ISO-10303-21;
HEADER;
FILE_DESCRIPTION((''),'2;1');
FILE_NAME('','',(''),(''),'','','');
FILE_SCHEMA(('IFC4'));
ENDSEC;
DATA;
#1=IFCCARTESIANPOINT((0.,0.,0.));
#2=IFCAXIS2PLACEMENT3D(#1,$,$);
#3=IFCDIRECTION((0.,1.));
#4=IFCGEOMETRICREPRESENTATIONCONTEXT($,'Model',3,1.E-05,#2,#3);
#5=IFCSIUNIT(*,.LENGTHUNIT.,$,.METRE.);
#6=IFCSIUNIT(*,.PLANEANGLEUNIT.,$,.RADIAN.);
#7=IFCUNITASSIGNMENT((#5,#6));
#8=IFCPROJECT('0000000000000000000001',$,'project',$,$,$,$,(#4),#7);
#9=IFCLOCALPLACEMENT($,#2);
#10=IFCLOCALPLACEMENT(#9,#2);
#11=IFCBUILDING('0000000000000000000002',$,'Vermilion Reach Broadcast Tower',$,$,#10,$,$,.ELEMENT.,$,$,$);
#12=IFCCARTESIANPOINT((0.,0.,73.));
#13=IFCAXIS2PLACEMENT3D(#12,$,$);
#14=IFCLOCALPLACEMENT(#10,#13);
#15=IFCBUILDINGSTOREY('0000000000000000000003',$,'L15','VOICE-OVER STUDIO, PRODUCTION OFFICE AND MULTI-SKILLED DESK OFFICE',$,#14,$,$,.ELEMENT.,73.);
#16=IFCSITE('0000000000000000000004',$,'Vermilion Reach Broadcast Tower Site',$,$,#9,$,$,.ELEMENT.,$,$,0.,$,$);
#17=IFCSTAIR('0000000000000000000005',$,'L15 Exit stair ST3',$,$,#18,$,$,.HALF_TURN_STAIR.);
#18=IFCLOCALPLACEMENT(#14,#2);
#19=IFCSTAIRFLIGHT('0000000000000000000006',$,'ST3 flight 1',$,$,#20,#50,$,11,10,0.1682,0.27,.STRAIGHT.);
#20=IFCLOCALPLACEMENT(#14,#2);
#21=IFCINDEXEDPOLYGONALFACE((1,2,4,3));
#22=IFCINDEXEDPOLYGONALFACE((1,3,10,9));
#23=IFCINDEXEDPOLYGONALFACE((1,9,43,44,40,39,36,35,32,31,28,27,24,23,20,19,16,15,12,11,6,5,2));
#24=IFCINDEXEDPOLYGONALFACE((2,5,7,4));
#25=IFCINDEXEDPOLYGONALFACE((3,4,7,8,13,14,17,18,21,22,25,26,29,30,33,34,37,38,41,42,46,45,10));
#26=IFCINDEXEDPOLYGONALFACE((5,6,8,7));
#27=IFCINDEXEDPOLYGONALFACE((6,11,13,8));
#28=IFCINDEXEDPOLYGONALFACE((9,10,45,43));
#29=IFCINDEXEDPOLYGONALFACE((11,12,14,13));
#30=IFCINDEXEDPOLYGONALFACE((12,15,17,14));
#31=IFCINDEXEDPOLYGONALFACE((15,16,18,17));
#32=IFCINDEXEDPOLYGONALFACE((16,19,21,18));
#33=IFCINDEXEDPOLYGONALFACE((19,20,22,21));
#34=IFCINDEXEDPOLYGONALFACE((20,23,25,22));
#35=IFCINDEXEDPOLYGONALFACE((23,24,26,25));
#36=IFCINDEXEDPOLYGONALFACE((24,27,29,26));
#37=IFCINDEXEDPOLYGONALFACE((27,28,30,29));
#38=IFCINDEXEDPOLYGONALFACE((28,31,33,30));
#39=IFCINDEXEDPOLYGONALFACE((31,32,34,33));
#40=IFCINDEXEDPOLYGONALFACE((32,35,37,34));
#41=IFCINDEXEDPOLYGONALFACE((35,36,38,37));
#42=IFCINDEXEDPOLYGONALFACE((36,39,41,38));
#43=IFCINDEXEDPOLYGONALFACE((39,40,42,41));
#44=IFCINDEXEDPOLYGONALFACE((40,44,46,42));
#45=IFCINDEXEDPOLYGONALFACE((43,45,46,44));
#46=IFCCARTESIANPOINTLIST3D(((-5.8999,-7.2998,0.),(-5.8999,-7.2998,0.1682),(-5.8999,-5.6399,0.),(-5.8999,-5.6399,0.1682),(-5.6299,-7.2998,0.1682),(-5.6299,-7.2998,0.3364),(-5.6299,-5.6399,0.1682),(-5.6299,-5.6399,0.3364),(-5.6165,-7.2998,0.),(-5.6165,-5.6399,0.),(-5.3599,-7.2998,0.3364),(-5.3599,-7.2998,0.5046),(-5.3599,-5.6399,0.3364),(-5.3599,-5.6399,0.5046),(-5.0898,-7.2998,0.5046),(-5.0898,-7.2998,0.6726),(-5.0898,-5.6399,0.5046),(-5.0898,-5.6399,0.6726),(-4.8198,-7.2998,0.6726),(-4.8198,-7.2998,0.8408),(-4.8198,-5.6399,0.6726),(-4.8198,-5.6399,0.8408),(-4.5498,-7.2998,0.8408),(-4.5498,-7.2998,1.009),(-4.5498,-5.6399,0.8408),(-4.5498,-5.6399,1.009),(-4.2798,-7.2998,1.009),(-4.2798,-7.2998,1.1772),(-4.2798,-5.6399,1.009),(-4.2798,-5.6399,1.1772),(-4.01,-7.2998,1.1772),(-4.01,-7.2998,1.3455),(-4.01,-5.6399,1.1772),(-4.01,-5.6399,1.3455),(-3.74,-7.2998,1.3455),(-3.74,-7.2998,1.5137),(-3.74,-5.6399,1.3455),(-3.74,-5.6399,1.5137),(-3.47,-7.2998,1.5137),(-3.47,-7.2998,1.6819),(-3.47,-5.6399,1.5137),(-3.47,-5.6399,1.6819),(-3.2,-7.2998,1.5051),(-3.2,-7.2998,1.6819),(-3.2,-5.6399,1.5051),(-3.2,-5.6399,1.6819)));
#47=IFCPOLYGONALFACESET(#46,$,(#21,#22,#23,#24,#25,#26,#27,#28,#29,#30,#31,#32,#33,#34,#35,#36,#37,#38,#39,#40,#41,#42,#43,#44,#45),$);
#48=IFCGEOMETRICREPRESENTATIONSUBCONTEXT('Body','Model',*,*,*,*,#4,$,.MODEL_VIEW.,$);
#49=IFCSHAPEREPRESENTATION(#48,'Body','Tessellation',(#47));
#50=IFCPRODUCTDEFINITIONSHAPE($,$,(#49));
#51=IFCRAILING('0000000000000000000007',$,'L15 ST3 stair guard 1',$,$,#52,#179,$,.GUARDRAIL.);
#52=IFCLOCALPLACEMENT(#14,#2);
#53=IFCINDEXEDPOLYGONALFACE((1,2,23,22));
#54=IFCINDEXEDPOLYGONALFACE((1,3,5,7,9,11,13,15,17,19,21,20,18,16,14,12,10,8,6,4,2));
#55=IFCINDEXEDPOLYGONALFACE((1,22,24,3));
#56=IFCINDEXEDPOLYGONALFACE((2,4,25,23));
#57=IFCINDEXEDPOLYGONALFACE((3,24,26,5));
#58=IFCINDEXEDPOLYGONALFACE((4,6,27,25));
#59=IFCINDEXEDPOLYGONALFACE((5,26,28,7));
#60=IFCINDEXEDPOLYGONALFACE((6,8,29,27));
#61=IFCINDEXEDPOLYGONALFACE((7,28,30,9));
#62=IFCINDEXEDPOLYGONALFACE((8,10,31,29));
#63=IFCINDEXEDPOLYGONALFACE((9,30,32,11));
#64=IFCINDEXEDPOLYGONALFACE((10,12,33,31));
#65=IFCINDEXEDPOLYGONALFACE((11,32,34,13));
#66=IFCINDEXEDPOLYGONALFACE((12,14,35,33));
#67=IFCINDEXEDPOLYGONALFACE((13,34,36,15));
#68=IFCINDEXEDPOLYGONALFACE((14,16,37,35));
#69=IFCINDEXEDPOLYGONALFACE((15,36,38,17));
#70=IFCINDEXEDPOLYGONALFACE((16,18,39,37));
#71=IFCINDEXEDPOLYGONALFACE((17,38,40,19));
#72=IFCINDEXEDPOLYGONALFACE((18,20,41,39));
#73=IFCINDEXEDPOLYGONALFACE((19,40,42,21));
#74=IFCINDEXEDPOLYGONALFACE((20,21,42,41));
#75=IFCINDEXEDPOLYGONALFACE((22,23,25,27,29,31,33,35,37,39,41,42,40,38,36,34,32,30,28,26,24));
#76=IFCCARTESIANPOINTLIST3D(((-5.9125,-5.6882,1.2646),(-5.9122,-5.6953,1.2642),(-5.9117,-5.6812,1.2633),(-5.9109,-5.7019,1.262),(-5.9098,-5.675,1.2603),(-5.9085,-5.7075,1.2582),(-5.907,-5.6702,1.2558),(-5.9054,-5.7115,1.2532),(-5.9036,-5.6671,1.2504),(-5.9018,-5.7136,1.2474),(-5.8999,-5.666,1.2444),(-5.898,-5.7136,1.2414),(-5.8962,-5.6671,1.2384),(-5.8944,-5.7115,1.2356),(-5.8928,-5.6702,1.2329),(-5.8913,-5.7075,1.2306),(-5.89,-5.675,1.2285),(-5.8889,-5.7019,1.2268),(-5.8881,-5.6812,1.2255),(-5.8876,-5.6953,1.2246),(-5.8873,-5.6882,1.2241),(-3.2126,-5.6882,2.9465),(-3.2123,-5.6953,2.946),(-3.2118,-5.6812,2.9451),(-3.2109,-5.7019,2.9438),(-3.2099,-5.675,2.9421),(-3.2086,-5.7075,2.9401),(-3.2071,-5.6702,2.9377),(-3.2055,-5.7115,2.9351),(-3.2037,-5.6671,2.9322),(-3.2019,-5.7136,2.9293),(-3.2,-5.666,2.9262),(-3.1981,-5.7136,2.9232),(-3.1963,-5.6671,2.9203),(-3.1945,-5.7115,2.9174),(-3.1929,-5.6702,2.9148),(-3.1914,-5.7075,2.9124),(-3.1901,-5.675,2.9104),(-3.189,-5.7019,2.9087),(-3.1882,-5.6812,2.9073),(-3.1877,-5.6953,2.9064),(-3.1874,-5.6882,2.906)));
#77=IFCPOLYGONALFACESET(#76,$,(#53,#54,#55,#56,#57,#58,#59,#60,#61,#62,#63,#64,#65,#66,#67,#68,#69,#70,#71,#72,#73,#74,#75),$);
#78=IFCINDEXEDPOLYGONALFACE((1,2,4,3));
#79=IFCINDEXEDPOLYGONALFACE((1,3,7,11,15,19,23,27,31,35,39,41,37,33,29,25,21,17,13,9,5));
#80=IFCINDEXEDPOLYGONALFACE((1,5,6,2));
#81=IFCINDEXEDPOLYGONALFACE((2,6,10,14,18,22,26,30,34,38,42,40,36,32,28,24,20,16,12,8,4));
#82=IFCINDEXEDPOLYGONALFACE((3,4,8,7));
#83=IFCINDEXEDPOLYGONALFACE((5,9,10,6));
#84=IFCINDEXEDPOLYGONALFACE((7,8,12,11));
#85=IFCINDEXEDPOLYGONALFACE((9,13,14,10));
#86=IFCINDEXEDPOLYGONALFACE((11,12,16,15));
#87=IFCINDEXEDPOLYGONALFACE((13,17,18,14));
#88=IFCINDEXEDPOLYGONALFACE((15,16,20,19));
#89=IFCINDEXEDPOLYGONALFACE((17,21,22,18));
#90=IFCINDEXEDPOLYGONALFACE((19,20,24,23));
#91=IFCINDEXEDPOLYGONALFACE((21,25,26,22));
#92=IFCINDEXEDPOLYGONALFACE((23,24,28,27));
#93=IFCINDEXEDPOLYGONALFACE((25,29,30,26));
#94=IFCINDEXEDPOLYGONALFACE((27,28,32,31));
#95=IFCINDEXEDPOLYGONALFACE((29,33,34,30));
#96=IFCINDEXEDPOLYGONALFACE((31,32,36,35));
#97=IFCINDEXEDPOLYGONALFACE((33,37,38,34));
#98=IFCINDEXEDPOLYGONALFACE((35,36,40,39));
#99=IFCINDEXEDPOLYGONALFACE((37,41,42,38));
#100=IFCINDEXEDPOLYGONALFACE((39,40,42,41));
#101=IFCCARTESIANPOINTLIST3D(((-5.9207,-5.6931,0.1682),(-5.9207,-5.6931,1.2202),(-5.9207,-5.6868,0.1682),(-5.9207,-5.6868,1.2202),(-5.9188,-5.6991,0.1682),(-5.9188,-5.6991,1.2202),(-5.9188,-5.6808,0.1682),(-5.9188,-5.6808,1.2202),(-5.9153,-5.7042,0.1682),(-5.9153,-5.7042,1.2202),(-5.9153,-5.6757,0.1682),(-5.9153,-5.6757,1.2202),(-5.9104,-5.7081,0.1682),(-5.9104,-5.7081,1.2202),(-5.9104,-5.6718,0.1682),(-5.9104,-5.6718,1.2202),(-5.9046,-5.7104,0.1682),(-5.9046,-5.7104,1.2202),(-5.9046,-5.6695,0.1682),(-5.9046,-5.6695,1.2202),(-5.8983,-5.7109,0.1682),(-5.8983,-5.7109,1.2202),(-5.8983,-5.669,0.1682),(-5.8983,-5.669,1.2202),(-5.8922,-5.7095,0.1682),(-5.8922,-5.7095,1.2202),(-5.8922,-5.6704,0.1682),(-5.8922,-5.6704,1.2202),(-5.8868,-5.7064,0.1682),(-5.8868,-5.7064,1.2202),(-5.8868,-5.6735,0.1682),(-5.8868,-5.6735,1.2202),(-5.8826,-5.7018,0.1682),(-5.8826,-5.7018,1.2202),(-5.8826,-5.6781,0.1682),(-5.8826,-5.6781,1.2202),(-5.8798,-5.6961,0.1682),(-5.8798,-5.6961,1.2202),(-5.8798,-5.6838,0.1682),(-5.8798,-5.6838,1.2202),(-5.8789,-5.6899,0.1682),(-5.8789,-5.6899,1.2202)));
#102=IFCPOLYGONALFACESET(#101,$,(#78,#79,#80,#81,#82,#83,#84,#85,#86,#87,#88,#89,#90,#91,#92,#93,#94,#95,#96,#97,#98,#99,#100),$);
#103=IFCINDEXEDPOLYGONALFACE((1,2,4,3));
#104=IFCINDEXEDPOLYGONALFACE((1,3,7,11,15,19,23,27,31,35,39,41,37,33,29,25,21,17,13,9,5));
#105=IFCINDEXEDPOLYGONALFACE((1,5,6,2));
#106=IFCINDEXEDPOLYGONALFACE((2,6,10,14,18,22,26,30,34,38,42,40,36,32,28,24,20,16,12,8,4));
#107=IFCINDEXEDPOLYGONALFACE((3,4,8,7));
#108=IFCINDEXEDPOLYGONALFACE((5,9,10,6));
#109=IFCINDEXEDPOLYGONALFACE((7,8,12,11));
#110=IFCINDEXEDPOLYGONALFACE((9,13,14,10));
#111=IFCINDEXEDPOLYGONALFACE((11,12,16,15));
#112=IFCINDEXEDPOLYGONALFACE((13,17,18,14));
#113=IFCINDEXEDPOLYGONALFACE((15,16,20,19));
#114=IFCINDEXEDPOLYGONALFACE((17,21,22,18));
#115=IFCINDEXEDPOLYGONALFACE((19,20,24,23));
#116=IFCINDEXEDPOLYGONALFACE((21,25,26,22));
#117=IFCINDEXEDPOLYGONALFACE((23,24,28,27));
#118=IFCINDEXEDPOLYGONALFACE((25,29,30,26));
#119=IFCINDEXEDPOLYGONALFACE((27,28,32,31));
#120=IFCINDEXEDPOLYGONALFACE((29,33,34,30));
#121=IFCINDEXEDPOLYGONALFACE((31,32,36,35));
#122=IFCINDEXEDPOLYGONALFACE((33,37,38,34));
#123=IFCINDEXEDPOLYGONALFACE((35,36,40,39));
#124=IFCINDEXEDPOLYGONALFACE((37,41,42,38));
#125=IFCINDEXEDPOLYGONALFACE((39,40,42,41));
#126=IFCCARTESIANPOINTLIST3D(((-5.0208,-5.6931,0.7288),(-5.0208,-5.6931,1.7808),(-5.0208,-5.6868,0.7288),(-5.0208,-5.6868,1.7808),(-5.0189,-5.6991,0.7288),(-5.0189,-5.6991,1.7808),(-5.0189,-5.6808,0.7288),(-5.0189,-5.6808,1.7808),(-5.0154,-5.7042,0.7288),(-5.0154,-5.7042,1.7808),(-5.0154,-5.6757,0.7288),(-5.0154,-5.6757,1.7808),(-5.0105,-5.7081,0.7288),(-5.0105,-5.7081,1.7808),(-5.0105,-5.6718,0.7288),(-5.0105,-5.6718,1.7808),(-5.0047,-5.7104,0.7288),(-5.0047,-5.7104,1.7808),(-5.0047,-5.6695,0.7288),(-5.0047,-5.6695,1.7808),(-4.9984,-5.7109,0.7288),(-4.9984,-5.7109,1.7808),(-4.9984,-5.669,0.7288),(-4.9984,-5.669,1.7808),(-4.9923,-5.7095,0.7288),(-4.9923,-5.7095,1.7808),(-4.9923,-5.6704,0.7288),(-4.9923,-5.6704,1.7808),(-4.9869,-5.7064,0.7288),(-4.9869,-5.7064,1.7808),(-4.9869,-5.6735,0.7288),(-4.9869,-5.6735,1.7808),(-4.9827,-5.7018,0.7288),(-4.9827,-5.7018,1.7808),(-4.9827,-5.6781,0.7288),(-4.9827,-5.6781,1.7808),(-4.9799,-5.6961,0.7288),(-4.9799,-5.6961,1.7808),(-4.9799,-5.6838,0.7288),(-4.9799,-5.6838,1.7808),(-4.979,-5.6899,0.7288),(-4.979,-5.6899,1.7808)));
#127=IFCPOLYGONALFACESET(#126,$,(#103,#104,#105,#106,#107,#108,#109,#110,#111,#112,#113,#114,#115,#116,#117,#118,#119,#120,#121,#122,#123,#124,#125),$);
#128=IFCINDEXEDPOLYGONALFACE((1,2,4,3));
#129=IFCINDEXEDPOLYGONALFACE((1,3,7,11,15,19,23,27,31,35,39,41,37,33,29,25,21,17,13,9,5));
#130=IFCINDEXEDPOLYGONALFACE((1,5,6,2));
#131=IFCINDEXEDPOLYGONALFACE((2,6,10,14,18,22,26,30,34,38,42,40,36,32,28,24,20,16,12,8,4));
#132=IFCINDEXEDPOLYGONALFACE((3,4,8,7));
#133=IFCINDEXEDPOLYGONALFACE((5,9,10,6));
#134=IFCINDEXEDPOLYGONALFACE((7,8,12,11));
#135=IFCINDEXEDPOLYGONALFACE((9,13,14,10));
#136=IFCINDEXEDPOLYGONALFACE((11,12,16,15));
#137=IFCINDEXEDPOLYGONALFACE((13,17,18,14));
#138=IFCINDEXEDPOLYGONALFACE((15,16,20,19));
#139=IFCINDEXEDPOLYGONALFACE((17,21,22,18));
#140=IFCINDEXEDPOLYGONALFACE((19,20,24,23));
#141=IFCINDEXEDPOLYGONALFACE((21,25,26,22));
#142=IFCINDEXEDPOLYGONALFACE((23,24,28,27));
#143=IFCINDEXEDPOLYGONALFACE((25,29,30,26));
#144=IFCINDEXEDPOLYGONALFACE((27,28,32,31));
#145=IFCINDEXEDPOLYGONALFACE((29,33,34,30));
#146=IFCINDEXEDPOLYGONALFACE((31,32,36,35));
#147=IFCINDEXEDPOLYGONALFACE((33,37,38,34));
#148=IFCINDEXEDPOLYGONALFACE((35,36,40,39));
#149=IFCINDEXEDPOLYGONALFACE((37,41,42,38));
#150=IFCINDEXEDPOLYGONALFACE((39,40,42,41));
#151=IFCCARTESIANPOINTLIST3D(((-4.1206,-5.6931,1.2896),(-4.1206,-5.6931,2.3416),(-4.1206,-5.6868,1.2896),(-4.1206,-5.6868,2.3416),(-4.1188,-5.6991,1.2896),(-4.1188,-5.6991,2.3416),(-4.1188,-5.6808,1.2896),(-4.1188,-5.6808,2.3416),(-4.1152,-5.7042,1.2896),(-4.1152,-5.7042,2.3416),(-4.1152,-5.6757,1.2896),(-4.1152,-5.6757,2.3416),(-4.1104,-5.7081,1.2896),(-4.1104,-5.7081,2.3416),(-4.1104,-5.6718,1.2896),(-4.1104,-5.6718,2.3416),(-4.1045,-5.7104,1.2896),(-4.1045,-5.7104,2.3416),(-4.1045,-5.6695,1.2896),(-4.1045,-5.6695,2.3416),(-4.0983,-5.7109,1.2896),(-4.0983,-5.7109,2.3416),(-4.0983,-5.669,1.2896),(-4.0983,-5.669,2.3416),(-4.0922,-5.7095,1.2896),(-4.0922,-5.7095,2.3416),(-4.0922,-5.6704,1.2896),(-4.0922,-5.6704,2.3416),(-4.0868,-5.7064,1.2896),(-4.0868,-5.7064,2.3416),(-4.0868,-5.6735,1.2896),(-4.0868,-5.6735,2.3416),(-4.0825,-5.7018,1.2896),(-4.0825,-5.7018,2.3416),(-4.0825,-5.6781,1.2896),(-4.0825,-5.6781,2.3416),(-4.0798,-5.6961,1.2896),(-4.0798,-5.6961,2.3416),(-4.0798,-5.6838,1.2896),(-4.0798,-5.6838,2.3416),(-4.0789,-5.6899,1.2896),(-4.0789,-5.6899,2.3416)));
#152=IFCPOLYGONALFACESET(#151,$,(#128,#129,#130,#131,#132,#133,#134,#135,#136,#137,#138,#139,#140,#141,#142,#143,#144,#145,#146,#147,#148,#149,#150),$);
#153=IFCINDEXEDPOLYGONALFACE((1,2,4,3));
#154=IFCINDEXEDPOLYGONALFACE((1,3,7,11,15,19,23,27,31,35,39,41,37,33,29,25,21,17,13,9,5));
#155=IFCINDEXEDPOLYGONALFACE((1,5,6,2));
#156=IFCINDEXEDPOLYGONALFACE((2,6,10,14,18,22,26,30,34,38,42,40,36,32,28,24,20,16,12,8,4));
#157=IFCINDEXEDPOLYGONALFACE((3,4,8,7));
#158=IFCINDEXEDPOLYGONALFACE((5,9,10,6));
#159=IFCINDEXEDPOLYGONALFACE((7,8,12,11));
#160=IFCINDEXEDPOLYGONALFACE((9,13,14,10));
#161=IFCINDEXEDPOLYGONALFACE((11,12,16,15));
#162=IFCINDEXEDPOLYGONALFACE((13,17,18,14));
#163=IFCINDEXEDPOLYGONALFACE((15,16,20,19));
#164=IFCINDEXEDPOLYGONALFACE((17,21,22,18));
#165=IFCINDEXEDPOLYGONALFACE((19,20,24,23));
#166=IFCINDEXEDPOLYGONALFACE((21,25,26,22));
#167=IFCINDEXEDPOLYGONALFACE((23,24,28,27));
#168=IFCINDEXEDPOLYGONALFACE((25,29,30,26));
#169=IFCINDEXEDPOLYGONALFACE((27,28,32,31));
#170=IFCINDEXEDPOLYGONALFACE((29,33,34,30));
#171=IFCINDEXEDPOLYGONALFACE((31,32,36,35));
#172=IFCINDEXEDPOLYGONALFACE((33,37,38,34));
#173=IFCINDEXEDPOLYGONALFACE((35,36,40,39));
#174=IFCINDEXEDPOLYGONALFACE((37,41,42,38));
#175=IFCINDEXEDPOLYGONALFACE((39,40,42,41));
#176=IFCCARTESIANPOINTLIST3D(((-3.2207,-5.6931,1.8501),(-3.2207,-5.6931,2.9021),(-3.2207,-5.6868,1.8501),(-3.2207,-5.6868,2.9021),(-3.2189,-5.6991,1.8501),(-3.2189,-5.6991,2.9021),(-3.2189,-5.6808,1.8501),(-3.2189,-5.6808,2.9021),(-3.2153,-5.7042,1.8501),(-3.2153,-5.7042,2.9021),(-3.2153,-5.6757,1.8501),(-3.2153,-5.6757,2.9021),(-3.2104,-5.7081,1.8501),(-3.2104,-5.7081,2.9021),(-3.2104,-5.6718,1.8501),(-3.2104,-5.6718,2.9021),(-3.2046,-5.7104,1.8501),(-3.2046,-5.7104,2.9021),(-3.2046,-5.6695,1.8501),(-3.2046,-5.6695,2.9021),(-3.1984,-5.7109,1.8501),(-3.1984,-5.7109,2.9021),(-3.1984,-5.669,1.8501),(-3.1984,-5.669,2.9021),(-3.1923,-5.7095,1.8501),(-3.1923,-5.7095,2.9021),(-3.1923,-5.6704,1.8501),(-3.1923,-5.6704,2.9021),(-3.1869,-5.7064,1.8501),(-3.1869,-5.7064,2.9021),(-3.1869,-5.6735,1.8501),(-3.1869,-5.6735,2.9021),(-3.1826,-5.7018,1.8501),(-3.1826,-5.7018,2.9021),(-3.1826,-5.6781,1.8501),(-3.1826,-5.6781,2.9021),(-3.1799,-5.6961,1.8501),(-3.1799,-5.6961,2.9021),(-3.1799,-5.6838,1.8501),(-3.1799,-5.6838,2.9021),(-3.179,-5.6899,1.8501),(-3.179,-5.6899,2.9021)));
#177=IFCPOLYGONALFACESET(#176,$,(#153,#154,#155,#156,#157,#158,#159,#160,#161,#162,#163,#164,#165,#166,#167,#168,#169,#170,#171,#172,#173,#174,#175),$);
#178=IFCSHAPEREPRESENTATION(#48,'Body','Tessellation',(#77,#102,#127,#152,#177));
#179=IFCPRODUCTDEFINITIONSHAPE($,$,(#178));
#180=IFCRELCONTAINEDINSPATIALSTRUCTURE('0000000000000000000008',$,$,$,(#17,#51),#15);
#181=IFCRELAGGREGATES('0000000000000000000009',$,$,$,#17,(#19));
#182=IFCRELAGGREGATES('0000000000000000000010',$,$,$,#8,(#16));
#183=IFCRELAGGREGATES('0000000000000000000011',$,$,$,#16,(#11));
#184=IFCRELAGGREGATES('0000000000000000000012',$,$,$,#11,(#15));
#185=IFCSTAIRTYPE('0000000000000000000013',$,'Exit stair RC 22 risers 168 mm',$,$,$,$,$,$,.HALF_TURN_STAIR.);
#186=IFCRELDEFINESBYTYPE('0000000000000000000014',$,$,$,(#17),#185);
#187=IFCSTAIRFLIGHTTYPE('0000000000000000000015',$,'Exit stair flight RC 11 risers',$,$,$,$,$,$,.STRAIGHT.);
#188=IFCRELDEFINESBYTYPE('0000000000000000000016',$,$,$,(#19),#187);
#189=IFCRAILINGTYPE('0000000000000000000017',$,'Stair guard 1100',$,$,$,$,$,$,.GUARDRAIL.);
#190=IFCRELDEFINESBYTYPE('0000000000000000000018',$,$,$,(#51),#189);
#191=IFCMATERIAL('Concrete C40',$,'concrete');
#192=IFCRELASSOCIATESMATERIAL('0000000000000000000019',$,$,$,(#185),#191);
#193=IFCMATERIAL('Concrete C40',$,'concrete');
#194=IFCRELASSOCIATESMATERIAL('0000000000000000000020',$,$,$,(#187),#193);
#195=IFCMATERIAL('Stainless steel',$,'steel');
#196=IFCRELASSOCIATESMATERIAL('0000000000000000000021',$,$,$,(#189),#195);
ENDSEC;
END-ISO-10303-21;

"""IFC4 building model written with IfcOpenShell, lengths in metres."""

from ifc_helpers import new_model, si_unit, direction, frame, origin, origin_2d, place, context, subcontext, project, spatial, polyline, circle, outline, extrude, material, type_object, element, aggregate, save


model = new_model("IFC4")

# Units and contexts
model_context = context("Model", 3, precision=1e-05, world=origin(), true_north=direction((0.0, 1.0)))
body_context = subcontext(model_context, "Body", "Model", "MODEL_VIEW")
ifc_project = project(units=[si_unit("LENGTHUNIT", "METRE"), si_unit("PLANEANGLEUNIT", "RADIAN")], contexts=[model_context])

# Site, building, storey
site_placement = place(None, origin())
site = spatial("IfcSite", under=ifc_project, at=site_placement, Name="Vermilion Reach Broadcast Tower Site", CompositionType="ELEMENT", RefElevation=0.0)
building_placement = place(site_placement, origin())
building = spatial("IfcBuilding", under=site, at=building_placement, Name="Vermilion Reach Broadcast Tower", CompositionType="ELEMENT")
storey_placement = place(building_placement, frame((0.0, 0.0, 73.0)))
storey = spatial("IfcBuildingStorey", under=building, at=storey_placement, Name="L15", Description="VOICE-OVER STUDIO, PRODUCTION OFFICE AND MULTI-SKILLED DESK OFFICE", CompositionType="ELEMENT", Elevation=73.0)

# Stair, stair flight
ifc_material_1 = material(Name="Concrete C40", Category="concrete")
stair_type = type_object("IfcStairType", Name="Exit stair RC 22 risers 168 mm", PredefinedType="HALF_TURN_STAIR", material=ifc_material_1)
stair_placement = place(storey_placement, origin())
stair = element("IfcStair", 1, at=stair_placement, inside=storey, type_object=stair_type, Name="L15 Exit stair ST3", PredefinedType="HALF_TURN_STAIR")
ifc_material_2 = material(Name="Concrete C40", Category="concrete")
stair_flight_type = type_object("IfcStairFlightType", Name="Exit stair flight RC 11 risers", PredefinedType="STRAIGHT", material=ifc_material_2)
stair_flight_placement = place(storey_placement, frame((-5.8999, -6.47, 0.0), z_axis=(0.0, 0.0, 1.0), x_axis=(1.0, 0.0, 0.0)))
stair_flight = element("IfcStairFlight", 2, at=stair_flight_placement, type_object=stair_flight_type, Name="ST3 flight 1", NumberOfRisers=11, NumberOfTreads=10, PredefinedType="STRAIGHT", RiserHeight=0.1682, TreadLength=0.27, context=body_context, shape_type="SweptSolid", body=[
    extrude(outline(polyline([(0.0, 0.0), (0.0, 0.1682), (0.27, 0.1682), (0.27, 0.3364), (0.54, 0.3364), (0.54, 0.5046), (0.8101, 0.5046), (0.8101, 0.6726), (1.0801, 0.6726), (1.0801, 0.8408), (1.3501, 0.8408), (1.3501, 1.009), (1.6201, 1.009), (1.6201, 1.1772), (1.8899, 1.1772), (1.8899, 1.3455), (2.1599, 1.3455), (2.1599, 1.5137), (2.4299, 1.5137), (2.4299, 1.6819), (2.7, 1.6819), (2.7, 1.8501), (2.7, 1.5051), (0.2834, 0.0), (0.0, 0.0)])), frame((0.0, 0.8301, 0.0), z_axis=(0.0, -1.0, 0.0), x_axis=(1.0, 0.0, 0.0)), (0.0, 0.0, 1.0), 1.6599),
])
aggregate(stair, [stair_flight])

# Railing
ifc_material_3 = material(Name="Stainless steel", Category="steel")
railing_type_1 = type_object("IfcRailingType", Name="Stair guard 1100", PredefinedType="GUARDRAIL", material=ifc_material_3)
railing_1_placement = place(storey_placement, frame((-5.8999, -5.6899, 0.1682)))
element("IfcRailing", 3, at=railing_1_placement, inside=storey, type_object=railing_type_1, Name="L15 ST3 stair guard 1", PredefinedType="GUARDRAIL", context=body_context, shape_type="SweptSolid", body=[
    extrude(circle(Radius=0.0239, at=origin_2d()), frame((0.0, 0.0, 1.0762), z_axis=(0.848786, 0.0, 0.528736), x_axis=(0.0, 1.0, 0.0)), (0.0, 0.0, 1.0), 3.1809),
    extrude(circle(Radius=0.021, at=origin_2d()), origin(), (0.0, 0.0, 1.0), 1.052),
    extrude(circle(Radius=0.021, at=origin_2d()), frame((0.8999, 0.0, 0.5605)), (0.0, 0.0, 1.0), 1.052),
    extrude(circle(Radius=0.021, at=origin_2d()), frame((1.8, 0.0, 1.1213)), (0.0, 0.0, 1.0), 1.052),
    extrude(circle(Radius=0.021, at=origin_2d()), frame((2.7, 0.0, 1.6819)), (0.0, 0.0, 1.0), 1.052),
])

save(model, "model.ifc")
